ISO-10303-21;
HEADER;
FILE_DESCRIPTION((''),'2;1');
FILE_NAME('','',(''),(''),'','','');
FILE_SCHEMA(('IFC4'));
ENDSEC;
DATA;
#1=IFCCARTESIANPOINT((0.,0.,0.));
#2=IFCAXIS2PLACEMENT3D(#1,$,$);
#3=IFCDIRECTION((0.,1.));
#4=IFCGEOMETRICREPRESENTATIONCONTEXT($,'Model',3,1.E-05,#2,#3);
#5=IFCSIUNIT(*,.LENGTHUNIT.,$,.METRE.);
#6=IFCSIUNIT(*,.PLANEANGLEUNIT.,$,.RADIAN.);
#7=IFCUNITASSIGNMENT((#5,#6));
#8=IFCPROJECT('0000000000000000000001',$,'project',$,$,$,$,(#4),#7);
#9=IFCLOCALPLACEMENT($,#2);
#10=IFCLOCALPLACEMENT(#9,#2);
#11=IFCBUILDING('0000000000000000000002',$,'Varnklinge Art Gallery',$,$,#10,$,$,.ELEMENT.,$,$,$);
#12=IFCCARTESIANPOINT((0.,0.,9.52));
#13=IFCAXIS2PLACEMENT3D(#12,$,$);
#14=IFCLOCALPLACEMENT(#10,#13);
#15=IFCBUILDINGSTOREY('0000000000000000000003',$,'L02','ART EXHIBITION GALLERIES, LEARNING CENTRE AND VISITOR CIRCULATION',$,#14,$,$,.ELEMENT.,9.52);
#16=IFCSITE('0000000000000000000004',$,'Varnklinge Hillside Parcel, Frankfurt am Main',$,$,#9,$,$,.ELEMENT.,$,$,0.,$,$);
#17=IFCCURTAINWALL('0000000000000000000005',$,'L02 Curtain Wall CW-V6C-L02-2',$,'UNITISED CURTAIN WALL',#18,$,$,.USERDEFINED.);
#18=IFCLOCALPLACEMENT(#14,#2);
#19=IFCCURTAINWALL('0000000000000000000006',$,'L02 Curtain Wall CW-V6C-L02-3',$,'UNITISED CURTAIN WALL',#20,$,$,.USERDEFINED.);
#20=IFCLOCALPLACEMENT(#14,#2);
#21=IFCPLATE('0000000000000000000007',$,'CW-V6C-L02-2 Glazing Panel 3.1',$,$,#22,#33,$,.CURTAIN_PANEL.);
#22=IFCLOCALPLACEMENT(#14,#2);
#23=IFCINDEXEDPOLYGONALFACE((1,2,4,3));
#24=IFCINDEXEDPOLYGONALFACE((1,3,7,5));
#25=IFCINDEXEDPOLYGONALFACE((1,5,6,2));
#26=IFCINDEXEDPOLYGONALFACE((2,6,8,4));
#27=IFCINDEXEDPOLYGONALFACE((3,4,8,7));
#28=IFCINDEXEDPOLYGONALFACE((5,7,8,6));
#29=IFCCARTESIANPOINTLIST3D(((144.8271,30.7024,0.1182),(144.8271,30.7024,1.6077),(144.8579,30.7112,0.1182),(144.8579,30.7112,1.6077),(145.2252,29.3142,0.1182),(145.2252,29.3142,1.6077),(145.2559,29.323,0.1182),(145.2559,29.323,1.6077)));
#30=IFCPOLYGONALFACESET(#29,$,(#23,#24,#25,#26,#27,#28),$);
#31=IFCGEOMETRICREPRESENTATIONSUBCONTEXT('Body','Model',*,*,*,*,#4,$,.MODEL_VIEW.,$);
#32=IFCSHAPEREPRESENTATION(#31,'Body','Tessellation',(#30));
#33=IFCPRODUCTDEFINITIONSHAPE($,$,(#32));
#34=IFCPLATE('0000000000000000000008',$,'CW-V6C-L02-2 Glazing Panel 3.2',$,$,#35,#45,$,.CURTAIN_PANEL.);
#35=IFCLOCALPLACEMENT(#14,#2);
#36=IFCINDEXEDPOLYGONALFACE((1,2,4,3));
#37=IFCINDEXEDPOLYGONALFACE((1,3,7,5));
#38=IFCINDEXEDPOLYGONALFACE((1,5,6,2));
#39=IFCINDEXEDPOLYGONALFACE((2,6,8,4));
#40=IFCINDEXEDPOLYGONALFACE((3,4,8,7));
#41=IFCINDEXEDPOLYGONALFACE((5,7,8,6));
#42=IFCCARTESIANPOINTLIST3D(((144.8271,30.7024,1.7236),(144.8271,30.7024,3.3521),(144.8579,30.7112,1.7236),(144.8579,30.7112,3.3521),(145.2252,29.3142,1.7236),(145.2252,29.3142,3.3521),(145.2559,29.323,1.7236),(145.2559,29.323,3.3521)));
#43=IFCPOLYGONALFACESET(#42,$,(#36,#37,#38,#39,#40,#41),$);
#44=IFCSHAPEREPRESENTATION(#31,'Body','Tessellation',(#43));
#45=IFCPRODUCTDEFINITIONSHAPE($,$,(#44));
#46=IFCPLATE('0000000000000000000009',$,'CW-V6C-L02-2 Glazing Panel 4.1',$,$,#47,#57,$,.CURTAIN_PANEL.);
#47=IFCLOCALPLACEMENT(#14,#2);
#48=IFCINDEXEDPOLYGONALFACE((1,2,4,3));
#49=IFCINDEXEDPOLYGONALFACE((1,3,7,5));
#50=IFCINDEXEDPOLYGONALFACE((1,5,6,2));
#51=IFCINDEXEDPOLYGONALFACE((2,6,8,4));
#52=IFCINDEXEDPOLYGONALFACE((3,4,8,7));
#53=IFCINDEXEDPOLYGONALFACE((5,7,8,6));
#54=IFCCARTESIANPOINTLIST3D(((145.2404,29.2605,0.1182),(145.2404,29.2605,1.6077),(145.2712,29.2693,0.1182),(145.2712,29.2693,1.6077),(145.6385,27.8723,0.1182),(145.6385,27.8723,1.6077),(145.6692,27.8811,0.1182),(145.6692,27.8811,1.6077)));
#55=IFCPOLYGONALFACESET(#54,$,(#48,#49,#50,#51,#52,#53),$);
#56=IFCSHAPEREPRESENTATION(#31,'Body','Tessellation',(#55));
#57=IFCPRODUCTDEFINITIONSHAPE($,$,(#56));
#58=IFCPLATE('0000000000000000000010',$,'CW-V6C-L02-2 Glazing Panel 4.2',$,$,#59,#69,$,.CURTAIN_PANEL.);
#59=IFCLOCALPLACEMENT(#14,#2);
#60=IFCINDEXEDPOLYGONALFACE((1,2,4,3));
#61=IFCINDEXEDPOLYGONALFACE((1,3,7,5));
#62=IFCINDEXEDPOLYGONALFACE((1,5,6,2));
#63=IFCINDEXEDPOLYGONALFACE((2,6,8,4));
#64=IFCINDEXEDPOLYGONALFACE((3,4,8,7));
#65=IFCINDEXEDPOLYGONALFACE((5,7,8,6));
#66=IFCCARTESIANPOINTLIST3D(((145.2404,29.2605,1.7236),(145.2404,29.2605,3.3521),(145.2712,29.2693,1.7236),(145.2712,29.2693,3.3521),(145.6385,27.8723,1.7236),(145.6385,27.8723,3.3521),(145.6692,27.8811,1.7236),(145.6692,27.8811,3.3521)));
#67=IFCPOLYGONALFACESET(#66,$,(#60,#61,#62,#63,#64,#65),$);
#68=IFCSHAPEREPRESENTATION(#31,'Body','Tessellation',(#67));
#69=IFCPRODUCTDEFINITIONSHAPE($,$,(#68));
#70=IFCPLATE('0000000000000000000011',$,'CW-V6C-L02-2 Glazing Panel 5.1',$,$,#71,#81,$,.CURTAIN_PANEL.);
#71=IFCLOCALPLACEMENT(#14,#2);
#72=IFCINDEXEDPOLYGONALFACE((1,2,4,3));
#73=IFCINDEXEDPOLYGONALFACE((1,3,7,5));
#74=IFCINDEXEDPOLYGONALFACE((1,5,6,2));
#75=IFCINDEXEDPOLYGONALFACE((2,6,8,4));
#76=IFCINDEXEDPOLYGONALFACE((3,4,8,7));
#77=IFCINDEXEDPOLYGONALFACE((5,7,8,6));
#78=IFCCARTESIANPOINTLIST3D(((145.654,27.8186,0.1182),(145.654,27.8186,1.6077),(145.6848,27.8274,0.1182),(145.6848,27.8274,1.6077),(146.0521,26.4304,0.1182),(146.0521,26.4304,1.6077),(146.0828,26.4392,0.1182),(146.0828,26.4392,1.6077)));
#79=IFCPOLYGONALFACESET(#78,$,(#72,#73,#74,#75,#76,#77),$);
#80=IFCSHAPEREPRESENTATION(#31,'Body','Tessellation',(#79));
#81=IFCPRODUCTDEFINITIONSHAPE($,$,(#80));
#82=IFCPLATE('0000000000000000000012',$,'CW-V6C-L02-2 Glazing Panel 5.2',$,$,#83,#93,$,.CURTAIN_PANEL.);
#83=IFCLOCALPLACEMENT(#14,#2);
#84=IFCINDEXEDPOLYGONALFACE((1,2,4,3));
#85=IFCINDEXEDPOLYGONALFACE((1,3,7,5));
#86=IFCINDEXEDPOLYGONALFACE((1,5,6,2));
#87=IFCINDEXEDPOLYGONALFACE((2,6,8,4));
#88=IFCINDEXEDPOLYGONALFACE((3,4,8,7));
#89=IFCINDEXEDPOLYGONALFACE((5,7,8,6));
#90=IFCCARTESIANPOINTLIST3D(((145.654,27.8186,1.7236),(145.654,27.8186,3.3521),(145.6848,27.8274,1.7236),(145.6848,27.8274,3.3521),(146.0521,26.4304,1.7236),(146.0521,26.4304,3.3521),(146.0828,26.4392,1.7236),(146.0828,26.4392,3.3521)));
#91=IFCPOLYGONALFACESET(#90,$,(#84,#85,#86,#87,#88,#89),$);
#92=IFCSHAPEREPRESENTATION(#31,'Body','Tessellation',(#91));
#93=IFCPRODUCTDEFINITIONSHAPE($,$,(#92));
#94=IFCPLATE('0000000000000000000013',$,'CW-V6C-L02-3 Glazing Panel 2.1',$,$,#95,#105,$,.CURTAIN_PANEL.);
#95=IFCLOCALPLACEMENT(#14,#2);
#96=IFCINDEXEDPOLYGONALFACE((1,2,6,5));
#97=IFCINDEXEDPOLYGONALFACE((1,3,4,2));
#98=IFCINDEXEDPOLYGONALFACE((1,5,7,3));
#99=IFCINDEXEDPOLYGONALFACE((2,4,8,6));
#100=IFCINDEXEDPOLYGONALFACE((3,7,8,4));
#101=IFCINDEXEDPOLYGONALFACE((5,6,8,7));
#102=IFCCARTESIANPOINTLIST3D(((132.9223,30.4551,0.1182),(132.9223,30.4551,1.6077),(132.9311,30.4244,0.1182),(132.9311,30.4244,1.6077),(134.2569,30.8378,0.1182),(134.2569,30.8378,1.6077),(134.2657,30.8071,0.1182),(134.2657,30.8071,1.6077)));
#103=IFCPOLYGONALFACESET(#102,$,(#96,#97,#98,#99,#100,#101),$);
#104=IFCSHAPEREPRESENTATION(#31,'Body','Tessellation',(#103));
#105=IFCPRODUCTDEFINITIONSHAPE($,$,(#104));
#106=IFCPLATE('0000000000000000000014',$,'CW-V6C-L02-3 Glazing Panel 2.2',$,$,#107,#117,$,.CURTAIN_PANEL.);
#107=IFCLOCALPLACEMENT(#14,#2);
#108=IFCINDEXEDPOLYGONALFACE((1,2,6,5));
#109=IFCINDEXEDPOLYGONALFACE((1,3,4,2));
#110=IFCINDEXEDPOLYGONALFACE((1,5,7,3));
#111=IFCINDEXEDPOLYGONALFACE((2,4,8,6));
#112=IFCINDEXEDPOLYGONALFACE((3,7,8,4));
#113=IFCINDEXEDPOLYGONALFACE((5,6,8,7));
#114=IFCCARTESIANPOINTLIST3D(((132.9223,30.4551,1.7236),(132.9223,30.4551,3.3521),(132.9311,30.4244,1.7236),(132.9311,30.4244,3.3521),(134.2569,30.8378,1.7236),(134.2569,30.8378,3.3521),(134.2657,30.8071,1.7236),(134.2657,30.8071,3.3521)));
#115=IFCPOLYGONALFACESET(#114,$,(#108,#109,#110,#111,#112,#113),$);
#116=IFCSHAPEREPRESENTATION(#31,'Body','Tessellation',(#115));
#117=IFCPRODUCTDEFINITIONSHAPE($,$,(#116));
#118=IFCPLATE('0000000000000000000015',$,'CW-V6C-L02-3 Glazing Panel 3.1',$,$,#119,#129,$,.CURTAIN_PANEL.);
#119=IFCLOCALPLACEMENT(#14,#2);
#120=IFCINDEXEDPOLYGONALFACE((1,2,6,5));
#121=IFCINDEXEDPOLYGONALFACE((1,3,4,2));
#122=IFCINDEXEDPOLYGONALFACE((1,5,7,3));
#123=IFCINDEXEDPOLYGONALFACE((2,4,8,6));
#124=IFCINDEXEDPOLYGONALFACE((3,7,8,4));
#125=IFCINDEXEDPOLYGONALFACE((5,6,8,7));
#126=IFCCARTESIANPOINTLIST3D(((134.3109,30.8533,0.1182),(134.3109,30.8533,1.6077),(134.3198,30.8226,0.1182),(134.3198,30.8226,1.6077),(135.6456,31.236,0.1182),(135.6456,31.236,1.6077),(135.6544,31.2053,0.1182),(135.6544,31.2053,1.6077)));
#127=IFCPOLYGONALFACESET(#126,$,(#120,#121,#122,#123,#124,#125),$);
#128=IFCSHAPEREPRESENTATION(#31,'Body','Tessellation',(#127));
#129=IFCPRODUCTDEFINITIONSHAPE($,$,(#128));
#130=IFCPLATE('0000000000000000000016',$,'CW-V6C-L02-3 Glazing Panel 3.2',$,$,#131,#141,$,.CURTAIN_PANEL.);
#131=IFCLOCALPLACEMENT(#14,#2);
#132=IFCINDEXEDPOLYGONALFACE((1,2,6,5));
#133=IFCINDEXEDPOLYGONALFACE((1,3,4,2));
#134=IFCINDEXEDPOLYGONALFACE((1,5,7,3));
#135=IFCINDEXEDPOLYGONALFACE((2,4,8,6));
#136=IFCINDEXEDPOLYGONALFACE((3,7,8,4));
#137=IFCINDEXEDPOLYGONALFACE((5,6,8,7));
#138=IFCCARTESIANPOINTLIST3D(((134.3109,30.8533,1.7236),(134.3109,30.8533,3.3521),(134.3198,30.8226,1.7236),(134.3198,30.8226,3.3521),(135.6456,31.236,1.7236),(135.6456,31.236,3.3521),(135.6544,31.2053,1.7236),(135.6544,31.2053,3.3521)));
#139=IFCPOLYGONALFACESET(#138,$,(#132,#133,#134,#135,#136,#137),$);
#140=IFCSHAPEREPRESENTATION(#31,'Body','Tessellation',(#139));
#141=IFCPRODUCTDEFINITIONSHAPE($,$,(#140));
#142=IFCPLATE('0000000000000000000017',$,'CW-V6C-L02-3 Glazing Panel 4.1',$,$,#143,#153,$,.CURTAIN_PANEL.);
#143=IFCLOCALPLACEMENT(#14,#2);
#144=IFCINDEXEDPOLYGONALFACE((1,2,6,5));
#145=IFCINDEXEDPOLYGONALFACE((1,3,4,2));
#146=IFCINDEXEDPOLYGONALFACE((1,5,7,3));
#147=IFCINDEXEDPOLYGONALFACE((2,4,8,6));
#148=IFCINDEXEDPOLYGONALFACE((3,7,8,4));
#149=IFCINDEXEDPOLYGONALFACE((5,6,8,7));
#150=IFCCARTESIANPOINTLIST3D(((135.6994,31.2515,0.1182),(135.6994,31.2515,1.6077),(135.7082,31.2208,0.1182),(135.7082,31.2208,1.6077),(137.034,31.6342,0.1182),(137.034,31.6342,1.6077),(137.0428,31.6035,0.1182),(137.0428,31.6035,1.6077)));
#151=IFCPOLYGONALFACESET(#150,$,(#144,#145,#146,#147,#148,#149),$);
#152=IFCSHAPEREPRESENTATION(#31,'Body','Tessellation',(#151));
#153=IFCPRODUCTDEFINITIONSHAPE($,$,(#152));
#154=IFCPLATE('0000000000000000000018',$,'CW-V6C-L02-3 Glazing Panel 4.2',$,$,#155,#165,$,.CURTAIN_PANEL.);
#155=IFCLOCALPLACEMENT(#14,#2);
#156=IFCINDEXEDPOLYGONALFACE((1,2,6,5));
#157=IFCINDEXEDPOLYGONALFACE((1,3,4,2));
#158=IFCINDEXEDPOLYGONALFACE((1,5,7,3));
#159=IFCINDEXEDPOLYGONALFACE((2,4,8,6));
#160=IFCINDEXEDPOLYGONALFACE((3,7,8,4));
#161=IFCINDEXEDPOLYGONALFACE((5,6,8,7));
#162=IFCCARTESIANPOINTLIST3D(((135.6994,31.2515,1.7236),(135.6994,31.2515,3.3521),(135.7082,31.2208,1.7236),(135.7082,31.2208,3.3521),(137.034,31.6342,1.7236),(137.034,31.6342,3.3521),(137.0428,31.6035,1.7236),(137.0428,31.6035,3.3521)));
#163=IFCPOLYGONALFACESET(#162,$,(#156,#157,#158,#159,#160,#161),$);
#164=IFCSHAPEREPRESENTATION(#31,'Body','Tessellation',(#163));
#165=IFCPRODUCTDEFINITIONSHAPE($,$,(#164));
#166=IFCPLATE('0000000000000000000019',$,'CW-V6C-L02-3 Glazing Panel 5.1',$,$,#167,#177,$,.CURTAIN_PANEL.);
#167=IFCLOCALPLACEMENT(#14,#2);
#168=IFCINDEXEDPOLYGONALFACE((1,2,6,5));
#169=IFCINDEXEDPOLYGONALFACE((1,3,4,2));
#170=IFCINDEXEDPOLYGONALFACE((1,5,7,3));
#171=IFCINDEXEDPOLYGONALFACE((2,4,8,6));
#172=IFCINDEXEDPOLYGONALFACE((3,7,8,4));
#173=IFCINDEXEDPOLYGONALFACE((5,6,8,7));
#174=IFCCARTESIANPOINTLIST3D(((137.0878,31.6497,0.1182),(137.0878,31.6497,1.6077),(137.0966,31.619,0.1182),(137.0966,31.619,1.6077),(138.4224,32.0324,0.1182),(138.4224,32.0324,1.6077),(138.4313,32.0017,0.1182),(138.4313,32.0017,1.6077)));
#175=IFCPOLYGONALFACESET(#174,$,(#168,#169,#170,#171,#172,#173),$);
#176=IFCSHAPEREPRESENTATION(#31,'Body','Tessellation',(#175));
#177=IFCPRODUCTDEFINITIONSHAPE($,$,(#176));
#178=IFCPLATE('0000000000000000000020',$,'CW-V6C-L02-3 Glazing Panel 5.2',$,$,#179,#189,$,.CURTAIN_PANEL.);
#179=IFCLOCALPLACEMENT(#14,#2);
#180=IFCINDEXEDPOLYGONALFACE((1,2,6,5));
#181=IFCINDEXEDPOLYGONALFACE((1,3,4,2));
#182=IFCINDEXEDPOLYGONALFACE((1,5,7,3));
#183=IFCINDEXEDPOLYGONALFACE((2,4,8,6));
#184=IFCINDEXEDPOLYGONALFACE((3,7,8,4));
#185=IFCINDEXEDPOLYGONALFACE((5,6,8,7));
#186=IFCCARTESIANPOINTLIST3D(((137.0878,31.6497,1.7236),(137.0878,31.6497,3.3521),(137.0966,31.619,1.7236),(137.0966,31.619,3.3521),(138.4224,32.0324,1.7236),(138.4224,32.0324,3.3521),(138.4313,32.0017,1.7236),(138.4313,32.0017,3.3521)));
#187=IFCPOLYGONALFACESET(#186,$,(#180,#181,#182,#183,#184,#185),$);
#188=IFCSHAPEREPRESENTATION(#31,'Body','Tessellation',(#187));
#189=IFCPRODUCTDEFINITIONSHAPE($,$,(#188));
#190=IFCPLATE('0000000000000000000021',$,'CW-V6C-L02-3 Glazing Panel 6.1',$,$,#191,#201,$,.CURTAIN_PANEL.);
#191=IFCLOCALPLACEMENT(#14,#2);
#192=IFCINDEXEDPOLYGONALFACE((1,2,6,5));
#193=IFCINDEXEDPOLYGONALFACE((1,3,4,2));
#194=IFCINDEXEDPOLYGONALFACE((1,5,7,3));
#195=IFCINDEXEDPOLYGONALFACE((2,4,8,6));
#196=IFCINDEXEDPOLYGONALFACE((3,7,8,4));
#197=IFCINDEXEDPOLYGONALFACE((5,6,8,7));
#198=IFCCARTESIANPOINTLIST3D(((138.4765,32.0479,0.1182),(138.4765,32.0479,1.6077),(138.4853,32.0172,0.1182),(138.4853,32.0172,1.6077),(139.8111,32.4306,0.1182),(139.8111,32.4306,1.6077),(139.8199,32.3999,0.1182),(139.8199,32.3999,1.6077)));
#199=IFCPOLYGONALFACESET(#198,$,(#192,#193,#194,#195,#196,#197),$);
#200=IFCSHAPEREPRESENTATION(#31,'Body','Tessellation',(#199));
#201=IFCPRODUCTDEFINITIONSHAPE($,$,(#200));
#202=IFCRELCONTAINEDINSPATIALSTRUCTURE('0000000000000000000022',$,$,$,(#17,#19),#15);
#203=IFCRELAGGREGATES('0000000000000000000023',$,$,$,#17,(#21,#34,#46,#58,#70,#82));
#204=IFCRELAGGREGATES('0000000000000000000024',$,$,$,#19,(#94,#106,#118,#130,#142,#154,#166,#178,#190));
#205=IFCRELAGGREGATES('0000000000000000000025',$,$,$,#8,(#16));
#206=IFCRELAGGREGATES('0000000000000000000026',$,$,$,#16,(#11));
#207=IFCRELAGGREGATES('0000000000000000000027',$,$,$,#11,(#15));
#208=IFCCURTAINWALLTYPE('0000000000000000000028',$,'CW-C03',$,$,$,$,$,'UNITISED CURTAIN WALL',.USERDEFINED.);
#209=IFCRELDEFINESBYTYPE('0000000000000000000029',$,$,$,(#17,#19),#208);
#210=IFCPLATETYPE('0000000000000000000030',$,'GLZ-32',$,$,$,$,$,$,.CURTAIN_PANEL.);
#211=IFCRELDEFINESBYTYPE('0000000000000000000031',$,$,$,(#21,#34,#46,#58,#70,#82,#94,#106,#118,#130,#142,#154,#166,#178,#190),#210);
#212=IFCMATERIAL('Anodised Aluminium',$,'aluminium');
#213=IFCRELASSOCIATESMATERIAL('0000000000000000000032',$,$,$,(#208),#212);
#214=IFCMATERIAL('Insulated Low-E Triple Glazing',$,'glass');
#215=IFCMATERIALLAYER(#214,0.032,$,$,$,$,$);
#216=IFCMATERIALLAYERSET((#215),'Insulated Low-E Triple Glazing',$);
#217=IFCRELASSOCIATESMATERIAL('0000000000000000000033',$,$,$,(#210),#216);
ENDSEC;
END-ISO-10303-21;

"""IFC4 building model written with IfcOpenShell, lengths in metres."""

from ifc_helpers import new_model, si_unit, direction, frame, origin, origin_2d, place, context, subcontext, project, spatial, rectangle, extrude, material, layer, layer_set, type_object, element, aggregate, save


model = new_model("IFC4")

# Units and contexts
model_context = context("Model", 3, precision=1e-05, world=origin(), true_north=direction((0.0, 1.0)))
body_context = subcontext(model_context, "Body", "Model", "MODEL_VIEW")
ifc_project = project(units=[si_unit("LENGTHUNIT", "METRE"), si_unit("PLANEANGLEUNIT", "RADIAN")], contexts=[model_context])

# Site, building, storey
site_placement = place(None, origin())
site = spatial("IfcSite", under=ifc_project, at=site_placement, Name="Varnklinge Hillside Parcel, Frankfurt am Main", CompositionType="ELEMENT", RefElevation=0.0)
building_placement = place(site_placement, origin())
building = spatial("IfcBuilding", under=site, at=building_placement, Name="Varnklinge Art Gallery", CompositionType="ELEMENT")
storey_placement = place(building_placement, frame((0.0, 0.0, 9.52)))
storey = spatial("IfcBuildingStorey", under=building, at=storey_placement, Name="L02", Description="ART EXHIBITION GALLERIES, LEARNING CENTRE AND VISITOR CIRCULATION", CompositionType="ELEMENT", Elevation=9.52)

# Curtain walls
ifc_material_1 = material(Name="Anodised Aluminium", Category="aluminium")
curtain_wall_type = type_object("IfcCurtainWallType", Name="CW-C03", ElementType="UNITISED CURTAIN WALL", PredefinedType="USERDEFINED", material=ifc_material_1)
curtain_wall_1_placement = place(storey_placement, origin())
curtain_wall_1 = element("IfcCurtainWall", 1, at=curtain_wall_1_placement, inside=storey, type_object=curtain_wall_type, Name="L02 Curtain Wall CW-V6C-L02-2", ObjectType="UNITISED CURTAIN WALL", PredefinedType="USERDEFINED")
curtain_wall_2_placement = place(storey_placement, origin())
curtain_wall_2 = element("IfcCurtainWall", 2, at=curtain_wall_2_placement, inside=storey, type_object=curtain_wall_type, Name="L02 Curtain Wall CW-V6C-L02-3", ObjectType="UNITISED CURTAIN WALL", PredefinedType="USERDEFINED")

# Plates
ifc_material_2 = material(Name="Insulated Low-E Triple Glazing", Category="glass")
ifc_layer_1 = layer(ifc_material_2, 0.032)
ifc_layer_set_1 = layer_set([ifc_layer_1], Name="Insulated Low-E Triple Glazing")
plate_type = type_object("IfcPlateType", Name="GLZ-32", PredefinedType="CURTAIN_PANEL", material=ifc_layer_set_1)
plate_1_placement = place(storey_placement, frame((145.0415, 30.0127, 0.1182), z_axis=(0.0, 0.0, 1.0), x_axis=(0.275637, -0.961262, 0.0)))
plate_1 = element("IfcPlate", 3, at=plate_1_placement, type_object=plate_type, Name="CW-V6C-L02-2 Glazing Panel 3.1", PredefinedType="CURTAIN_PANEL", context=body_context, shape_type="SweptSolid", body=[
    extrude(rectangle(XDim=1.4441, YDim=0.032, at=origin_2d()), origin(), (0.0, 0.0, 1.0), 1.4895),
])
plate_2_placement = place(storey_placement, frame((145.0415, 30.0127, 1.7236), z_axis=(0.0, 0.0, 1.0), x_axis=(0.275637, -0.961262, 0.0)))
plate_2 = element("IfcPlate", 4, at=plate_2_placement, type_object=plate_type, Name="CW-V6C-L02-2 Glazing Panel 3.2", PredefinedType="CURTAIN_PANEL", context=body_context, shape_type="SweptSolid", body=[
    extrude(rectangle(XDim=1.4441, YDim=0.032, at=origin_2d()), origin(), (0.0, 0.0, 1.0), 1.6284),
])
plate_3_placement = place(storey_placement, frame((145.4548, 28.5708, 0.1182), z_axis=(0.0, 0.0, 1.0), x_axis=(0.275637, -0.961262, 0.0)))
plate_3 = element("IfcPlate", 5, at=plate_3_placement, type_object=plate_type, Name="CW-V6C-L02-2 Glazing Panel 4.1", PredefinedType="CURTAIN_PANEL", context=body_context, shape_type="SweptSolid", body=[
    extrude(rectangle(XDim=1.4441, YDim=0.032, at=origin_2d()), origin(), (0.0, 0.0, 1.0), 1.4895),
])
plate_4_placement = place(storey_placement, frame((145.4548, 28.5708, 1.7236), z_axis=(0.0, 0.0, 1.0), x_axis=(0.275637, -0.961262, 0.0)))
plate_4 = element("IfcPlate", 6, at=plate_4_placement, type_object=plate_type, Name="CW-V6C-L02-2 Glazing Panel 4.2", PredefinedType="CURTAIN_PANEL", context=body_context, shape_type="SweptSolid", body=[
    extrude(rectangle(XDim=1.4441, YDim=0.032, at=origin_2d()), origin(), (0.0, 0.0, 1.0), 1.6284),
])
plate_5_placement = place(storey_placement, frame((145.8684, 27.1289, 0.1182), z_axis=(0.0, 0.0, 1.0), x_axis=(0.275637, -0.961262, 0.0)))
plate_5 = element("IfcPlate", 7, at=plate_5_placement, type_object=plate_type, Name="CW-V6C-L02-2 Glazing Panel 5.1", PredefinedType="CURTAIN_PANEL", context=body_context, shape_type="SweptSolid", body=[
    extrude(rectangle(XDim=1.4441, YDim=0.032, at=origin_2d()), origin(), (0.0, 0.0, 1.0), 1.4895),
])
plate_6_placement = place(storey_placement, frame((145.8684, 27.1289, 1.7236), z_axis=(0.0, 0.0, 1.0), x_axis=(0.275637, -0.961262, 0.0)))
plate_6 = element("IfcPlate", 8, at=plate_6_placement, type_object=plate_type, Name="CW-V6C-L02-2 Glazing Panel 5.2", PredefinedType="CURTAIN_PANEL", context=body_context, shape_type="SweptSolid", body=[
    extrude(rectangle(XDim=1.4441, YDim=0.032, at=origin_2d()), origin(), (0.0, 0.0, 1.0), 1.6284),
])
aggregate(curtain_wall_1, [plate_1, plate_2, plate_3, plate_4, plate_5, plate_6])
plate_7_placement = place(storey_placement, frame((133.594, 30.6311, 0.1182), z_axis=(0.0, 0.0, 1.0), x_axis=(0.961262, 0.275637, 0.0)))
plate_7 = element("IfcPlate", 9, at=plate_7_placement, type_object=plate_type, Name="CW-V6C-L02-3 Glazing Panel 2.1", PredefinedType="CURTAIN_PANEL", context=body_context, shape_type="SweptSolid", body=[
    extrude(rectangle(XDim=1.3884, YDim=0.032, at=origin_2d()), origin(), (0.0, 0.0, 1.0), 1.4895),
])
plate_8_placement = place(storey_placement, frame((133.594, 30.6311, 1.7236), z_axis=(0.0, 0.0, 1.0), x_axis=(0.961262, 0.275637, 0.0)))
plate_8 = element("IfcPlate", 10, at=plate_8_placement, type_object=plate_type, Name="CW-V6C-L02-3 Glazing Panel 2.2", PredefinedType="CURTAIN_PANEL", context=body_context, shape_type="SweptSolid", body=[
    extrude(rectangle(XDim=1.3884, YDim=0.032, at=origin_2d()), origin(), (0.0, 0.0, 1.0), 1.6284),
])
plate_9_placement = place(storey_placement, frame((134.9827, 31.0293, 0.1182), z_axis=(0.0, 0.0, 1.0), x_axis=(0.961262, 0.275637, 0.0)))
plate_9 = element("IfcPlate", 11, at=plate_9_placement, type_object=plate_type, Name="CW-V6C-L02-3 Glazing Panel 3.1", PredefinedType="CURTAIN_PANEL", context=body_context, shape_type="SweptSolid", body=[
    extrude(rectangle(XDim=1.3884, YDim=0.032, at=origin_2d()), origin(), (0.0, 0.0, 1.0), 1.4895),
])
plate_10_placement = place(storey_placement, frame((134.9827, 31.0293, 1.7236), z_axis=(0.0, 0.0, 1.0), x_axis=(0.961262, 0.275637, 0.0)))
plate_10 = element("IfcPlate", 12, at=plate_10_placement, type_object=plate_type, Name="CW-V6C-L02-3 Glazing Panel 3.2", PredefinedType="CURTAIN_PANEL", context=body_context, shape_type="SweptSolid", body=[
    extrude(rectangle(XDim=1.3884, YDim=0.032, at=origin_2d()), origin(), (0.0, 0.0, 1.0), 1.6284),
])
plate_11_placement = place(storey_placement, frame((136.3711, 31.4275, 0.1182), z_axis=(0.0, 0.0, 1.0), x_axis=(0.961262, 0.275637, 0.0)))
plate_11 = element("IfcPlate", 13, at=plate_11_placement, type_object=plate_type, Name="CW-V6C-L02-3 Glazing Panel 4.1", PredefinedType="CURTAIN_PANEL", context=body_context, shape_type="SweptSolid", body=[
    extrude(rectangle(XDim=1.3884, YDim=0.032, at=origin_2d()), origin(), (0.0, 0.0, 1.0), 1.4895),
])
plate_12_placement = place(storey_placement, frame((136.3711, 31.4275, 1.7236), z_axis=(0.0, 0.0, 1.0), x_axis=(0.961262, 0.275637, 0.0)))
plate_12 = element("IfcPlate", 14, at=plate_12_placement, type_object=plate_type, Name="CW-V6C-L02-3 Glazing Panel 4.2", PredefinedType="CURTAIN_PANEL", context=body_context, shape_type="SweptSolid", body=[
    extrude(rectangle(XDim=1.3884, YDim=0.032, at=origin_2d()), origin(), (0.0, 0.0, 1.0), 1.6284),
])
plate_13_placement = place(storey_placement, frame((137.7595, 31.8257, 0.1182), z_axis=(0.0, 0.0, 1.0), x_axis=(0.961262, 0.275637, 0.0)))
plate_13 = element("IfcPlate", 15, at=plate_13_placement, type_object=plate_type, Name="CW-V6C-L02-3 Glazing Panel 5.1", PredefinedType="CURTAIN_PANEL", context=body_context, shape_type="SweptSolid", body=[
    extrude(rectangle(XDim=1.3884, YDim=0.032, at=origin_2d()), origin(), (0.0, 0.0, 1.0), 1.4895),
])
plate_14_placement = place(storey_placement, frame((137.7595, 31.8257, 1.7236), z_axis=(0.0, 0.0, 1.0), x_axis=(0.961262, 0.275637, 0.0)))
plate_14 = element("IfcPlate", 16, at=plate_14_placement, type_object=plate_type, Name="CW-V6C-L02-3 Glazing Panel 5.2", PredefinedType="CURTAIN_PANEL", context=body_context, shape_type="SweptSolid", body=[
    extrude(rectangle(XDim=1.3884, YDim=0.032, at=origin_2d()), origin(), (0.0, 0.0, 1.0), 1.6284),
])
plate_15_placement = place(storey_placement, frame((139.1482, 32.2239, 0.1182), z_axis=(0.0, 0.0, 1.0), x_axis=(0.961262, 0.275637, 0.0)))
plate_15 = element("IfcPlate", 17, at=plate_15_placement, type_object=plate_type, Name="CW-V6C-L02-3 Glazing Panel 6.1", PredefinedType="CURTAIN_PANEL", context=body_context, shape_type="SweptSolid", body=[
    extrude(rectangle(XDim=1.3884, YDim=0.032, at=origin_2d()), origin(), (0.0, 0.0, 1.0), 1.4895),
])
aggregate(curtain_wall_2, [plate_7, plate_8, plate_9, plate_10, plate_11, plate_12, plate_13, plate_14, plate_15])

save(model, "model.ifc")
